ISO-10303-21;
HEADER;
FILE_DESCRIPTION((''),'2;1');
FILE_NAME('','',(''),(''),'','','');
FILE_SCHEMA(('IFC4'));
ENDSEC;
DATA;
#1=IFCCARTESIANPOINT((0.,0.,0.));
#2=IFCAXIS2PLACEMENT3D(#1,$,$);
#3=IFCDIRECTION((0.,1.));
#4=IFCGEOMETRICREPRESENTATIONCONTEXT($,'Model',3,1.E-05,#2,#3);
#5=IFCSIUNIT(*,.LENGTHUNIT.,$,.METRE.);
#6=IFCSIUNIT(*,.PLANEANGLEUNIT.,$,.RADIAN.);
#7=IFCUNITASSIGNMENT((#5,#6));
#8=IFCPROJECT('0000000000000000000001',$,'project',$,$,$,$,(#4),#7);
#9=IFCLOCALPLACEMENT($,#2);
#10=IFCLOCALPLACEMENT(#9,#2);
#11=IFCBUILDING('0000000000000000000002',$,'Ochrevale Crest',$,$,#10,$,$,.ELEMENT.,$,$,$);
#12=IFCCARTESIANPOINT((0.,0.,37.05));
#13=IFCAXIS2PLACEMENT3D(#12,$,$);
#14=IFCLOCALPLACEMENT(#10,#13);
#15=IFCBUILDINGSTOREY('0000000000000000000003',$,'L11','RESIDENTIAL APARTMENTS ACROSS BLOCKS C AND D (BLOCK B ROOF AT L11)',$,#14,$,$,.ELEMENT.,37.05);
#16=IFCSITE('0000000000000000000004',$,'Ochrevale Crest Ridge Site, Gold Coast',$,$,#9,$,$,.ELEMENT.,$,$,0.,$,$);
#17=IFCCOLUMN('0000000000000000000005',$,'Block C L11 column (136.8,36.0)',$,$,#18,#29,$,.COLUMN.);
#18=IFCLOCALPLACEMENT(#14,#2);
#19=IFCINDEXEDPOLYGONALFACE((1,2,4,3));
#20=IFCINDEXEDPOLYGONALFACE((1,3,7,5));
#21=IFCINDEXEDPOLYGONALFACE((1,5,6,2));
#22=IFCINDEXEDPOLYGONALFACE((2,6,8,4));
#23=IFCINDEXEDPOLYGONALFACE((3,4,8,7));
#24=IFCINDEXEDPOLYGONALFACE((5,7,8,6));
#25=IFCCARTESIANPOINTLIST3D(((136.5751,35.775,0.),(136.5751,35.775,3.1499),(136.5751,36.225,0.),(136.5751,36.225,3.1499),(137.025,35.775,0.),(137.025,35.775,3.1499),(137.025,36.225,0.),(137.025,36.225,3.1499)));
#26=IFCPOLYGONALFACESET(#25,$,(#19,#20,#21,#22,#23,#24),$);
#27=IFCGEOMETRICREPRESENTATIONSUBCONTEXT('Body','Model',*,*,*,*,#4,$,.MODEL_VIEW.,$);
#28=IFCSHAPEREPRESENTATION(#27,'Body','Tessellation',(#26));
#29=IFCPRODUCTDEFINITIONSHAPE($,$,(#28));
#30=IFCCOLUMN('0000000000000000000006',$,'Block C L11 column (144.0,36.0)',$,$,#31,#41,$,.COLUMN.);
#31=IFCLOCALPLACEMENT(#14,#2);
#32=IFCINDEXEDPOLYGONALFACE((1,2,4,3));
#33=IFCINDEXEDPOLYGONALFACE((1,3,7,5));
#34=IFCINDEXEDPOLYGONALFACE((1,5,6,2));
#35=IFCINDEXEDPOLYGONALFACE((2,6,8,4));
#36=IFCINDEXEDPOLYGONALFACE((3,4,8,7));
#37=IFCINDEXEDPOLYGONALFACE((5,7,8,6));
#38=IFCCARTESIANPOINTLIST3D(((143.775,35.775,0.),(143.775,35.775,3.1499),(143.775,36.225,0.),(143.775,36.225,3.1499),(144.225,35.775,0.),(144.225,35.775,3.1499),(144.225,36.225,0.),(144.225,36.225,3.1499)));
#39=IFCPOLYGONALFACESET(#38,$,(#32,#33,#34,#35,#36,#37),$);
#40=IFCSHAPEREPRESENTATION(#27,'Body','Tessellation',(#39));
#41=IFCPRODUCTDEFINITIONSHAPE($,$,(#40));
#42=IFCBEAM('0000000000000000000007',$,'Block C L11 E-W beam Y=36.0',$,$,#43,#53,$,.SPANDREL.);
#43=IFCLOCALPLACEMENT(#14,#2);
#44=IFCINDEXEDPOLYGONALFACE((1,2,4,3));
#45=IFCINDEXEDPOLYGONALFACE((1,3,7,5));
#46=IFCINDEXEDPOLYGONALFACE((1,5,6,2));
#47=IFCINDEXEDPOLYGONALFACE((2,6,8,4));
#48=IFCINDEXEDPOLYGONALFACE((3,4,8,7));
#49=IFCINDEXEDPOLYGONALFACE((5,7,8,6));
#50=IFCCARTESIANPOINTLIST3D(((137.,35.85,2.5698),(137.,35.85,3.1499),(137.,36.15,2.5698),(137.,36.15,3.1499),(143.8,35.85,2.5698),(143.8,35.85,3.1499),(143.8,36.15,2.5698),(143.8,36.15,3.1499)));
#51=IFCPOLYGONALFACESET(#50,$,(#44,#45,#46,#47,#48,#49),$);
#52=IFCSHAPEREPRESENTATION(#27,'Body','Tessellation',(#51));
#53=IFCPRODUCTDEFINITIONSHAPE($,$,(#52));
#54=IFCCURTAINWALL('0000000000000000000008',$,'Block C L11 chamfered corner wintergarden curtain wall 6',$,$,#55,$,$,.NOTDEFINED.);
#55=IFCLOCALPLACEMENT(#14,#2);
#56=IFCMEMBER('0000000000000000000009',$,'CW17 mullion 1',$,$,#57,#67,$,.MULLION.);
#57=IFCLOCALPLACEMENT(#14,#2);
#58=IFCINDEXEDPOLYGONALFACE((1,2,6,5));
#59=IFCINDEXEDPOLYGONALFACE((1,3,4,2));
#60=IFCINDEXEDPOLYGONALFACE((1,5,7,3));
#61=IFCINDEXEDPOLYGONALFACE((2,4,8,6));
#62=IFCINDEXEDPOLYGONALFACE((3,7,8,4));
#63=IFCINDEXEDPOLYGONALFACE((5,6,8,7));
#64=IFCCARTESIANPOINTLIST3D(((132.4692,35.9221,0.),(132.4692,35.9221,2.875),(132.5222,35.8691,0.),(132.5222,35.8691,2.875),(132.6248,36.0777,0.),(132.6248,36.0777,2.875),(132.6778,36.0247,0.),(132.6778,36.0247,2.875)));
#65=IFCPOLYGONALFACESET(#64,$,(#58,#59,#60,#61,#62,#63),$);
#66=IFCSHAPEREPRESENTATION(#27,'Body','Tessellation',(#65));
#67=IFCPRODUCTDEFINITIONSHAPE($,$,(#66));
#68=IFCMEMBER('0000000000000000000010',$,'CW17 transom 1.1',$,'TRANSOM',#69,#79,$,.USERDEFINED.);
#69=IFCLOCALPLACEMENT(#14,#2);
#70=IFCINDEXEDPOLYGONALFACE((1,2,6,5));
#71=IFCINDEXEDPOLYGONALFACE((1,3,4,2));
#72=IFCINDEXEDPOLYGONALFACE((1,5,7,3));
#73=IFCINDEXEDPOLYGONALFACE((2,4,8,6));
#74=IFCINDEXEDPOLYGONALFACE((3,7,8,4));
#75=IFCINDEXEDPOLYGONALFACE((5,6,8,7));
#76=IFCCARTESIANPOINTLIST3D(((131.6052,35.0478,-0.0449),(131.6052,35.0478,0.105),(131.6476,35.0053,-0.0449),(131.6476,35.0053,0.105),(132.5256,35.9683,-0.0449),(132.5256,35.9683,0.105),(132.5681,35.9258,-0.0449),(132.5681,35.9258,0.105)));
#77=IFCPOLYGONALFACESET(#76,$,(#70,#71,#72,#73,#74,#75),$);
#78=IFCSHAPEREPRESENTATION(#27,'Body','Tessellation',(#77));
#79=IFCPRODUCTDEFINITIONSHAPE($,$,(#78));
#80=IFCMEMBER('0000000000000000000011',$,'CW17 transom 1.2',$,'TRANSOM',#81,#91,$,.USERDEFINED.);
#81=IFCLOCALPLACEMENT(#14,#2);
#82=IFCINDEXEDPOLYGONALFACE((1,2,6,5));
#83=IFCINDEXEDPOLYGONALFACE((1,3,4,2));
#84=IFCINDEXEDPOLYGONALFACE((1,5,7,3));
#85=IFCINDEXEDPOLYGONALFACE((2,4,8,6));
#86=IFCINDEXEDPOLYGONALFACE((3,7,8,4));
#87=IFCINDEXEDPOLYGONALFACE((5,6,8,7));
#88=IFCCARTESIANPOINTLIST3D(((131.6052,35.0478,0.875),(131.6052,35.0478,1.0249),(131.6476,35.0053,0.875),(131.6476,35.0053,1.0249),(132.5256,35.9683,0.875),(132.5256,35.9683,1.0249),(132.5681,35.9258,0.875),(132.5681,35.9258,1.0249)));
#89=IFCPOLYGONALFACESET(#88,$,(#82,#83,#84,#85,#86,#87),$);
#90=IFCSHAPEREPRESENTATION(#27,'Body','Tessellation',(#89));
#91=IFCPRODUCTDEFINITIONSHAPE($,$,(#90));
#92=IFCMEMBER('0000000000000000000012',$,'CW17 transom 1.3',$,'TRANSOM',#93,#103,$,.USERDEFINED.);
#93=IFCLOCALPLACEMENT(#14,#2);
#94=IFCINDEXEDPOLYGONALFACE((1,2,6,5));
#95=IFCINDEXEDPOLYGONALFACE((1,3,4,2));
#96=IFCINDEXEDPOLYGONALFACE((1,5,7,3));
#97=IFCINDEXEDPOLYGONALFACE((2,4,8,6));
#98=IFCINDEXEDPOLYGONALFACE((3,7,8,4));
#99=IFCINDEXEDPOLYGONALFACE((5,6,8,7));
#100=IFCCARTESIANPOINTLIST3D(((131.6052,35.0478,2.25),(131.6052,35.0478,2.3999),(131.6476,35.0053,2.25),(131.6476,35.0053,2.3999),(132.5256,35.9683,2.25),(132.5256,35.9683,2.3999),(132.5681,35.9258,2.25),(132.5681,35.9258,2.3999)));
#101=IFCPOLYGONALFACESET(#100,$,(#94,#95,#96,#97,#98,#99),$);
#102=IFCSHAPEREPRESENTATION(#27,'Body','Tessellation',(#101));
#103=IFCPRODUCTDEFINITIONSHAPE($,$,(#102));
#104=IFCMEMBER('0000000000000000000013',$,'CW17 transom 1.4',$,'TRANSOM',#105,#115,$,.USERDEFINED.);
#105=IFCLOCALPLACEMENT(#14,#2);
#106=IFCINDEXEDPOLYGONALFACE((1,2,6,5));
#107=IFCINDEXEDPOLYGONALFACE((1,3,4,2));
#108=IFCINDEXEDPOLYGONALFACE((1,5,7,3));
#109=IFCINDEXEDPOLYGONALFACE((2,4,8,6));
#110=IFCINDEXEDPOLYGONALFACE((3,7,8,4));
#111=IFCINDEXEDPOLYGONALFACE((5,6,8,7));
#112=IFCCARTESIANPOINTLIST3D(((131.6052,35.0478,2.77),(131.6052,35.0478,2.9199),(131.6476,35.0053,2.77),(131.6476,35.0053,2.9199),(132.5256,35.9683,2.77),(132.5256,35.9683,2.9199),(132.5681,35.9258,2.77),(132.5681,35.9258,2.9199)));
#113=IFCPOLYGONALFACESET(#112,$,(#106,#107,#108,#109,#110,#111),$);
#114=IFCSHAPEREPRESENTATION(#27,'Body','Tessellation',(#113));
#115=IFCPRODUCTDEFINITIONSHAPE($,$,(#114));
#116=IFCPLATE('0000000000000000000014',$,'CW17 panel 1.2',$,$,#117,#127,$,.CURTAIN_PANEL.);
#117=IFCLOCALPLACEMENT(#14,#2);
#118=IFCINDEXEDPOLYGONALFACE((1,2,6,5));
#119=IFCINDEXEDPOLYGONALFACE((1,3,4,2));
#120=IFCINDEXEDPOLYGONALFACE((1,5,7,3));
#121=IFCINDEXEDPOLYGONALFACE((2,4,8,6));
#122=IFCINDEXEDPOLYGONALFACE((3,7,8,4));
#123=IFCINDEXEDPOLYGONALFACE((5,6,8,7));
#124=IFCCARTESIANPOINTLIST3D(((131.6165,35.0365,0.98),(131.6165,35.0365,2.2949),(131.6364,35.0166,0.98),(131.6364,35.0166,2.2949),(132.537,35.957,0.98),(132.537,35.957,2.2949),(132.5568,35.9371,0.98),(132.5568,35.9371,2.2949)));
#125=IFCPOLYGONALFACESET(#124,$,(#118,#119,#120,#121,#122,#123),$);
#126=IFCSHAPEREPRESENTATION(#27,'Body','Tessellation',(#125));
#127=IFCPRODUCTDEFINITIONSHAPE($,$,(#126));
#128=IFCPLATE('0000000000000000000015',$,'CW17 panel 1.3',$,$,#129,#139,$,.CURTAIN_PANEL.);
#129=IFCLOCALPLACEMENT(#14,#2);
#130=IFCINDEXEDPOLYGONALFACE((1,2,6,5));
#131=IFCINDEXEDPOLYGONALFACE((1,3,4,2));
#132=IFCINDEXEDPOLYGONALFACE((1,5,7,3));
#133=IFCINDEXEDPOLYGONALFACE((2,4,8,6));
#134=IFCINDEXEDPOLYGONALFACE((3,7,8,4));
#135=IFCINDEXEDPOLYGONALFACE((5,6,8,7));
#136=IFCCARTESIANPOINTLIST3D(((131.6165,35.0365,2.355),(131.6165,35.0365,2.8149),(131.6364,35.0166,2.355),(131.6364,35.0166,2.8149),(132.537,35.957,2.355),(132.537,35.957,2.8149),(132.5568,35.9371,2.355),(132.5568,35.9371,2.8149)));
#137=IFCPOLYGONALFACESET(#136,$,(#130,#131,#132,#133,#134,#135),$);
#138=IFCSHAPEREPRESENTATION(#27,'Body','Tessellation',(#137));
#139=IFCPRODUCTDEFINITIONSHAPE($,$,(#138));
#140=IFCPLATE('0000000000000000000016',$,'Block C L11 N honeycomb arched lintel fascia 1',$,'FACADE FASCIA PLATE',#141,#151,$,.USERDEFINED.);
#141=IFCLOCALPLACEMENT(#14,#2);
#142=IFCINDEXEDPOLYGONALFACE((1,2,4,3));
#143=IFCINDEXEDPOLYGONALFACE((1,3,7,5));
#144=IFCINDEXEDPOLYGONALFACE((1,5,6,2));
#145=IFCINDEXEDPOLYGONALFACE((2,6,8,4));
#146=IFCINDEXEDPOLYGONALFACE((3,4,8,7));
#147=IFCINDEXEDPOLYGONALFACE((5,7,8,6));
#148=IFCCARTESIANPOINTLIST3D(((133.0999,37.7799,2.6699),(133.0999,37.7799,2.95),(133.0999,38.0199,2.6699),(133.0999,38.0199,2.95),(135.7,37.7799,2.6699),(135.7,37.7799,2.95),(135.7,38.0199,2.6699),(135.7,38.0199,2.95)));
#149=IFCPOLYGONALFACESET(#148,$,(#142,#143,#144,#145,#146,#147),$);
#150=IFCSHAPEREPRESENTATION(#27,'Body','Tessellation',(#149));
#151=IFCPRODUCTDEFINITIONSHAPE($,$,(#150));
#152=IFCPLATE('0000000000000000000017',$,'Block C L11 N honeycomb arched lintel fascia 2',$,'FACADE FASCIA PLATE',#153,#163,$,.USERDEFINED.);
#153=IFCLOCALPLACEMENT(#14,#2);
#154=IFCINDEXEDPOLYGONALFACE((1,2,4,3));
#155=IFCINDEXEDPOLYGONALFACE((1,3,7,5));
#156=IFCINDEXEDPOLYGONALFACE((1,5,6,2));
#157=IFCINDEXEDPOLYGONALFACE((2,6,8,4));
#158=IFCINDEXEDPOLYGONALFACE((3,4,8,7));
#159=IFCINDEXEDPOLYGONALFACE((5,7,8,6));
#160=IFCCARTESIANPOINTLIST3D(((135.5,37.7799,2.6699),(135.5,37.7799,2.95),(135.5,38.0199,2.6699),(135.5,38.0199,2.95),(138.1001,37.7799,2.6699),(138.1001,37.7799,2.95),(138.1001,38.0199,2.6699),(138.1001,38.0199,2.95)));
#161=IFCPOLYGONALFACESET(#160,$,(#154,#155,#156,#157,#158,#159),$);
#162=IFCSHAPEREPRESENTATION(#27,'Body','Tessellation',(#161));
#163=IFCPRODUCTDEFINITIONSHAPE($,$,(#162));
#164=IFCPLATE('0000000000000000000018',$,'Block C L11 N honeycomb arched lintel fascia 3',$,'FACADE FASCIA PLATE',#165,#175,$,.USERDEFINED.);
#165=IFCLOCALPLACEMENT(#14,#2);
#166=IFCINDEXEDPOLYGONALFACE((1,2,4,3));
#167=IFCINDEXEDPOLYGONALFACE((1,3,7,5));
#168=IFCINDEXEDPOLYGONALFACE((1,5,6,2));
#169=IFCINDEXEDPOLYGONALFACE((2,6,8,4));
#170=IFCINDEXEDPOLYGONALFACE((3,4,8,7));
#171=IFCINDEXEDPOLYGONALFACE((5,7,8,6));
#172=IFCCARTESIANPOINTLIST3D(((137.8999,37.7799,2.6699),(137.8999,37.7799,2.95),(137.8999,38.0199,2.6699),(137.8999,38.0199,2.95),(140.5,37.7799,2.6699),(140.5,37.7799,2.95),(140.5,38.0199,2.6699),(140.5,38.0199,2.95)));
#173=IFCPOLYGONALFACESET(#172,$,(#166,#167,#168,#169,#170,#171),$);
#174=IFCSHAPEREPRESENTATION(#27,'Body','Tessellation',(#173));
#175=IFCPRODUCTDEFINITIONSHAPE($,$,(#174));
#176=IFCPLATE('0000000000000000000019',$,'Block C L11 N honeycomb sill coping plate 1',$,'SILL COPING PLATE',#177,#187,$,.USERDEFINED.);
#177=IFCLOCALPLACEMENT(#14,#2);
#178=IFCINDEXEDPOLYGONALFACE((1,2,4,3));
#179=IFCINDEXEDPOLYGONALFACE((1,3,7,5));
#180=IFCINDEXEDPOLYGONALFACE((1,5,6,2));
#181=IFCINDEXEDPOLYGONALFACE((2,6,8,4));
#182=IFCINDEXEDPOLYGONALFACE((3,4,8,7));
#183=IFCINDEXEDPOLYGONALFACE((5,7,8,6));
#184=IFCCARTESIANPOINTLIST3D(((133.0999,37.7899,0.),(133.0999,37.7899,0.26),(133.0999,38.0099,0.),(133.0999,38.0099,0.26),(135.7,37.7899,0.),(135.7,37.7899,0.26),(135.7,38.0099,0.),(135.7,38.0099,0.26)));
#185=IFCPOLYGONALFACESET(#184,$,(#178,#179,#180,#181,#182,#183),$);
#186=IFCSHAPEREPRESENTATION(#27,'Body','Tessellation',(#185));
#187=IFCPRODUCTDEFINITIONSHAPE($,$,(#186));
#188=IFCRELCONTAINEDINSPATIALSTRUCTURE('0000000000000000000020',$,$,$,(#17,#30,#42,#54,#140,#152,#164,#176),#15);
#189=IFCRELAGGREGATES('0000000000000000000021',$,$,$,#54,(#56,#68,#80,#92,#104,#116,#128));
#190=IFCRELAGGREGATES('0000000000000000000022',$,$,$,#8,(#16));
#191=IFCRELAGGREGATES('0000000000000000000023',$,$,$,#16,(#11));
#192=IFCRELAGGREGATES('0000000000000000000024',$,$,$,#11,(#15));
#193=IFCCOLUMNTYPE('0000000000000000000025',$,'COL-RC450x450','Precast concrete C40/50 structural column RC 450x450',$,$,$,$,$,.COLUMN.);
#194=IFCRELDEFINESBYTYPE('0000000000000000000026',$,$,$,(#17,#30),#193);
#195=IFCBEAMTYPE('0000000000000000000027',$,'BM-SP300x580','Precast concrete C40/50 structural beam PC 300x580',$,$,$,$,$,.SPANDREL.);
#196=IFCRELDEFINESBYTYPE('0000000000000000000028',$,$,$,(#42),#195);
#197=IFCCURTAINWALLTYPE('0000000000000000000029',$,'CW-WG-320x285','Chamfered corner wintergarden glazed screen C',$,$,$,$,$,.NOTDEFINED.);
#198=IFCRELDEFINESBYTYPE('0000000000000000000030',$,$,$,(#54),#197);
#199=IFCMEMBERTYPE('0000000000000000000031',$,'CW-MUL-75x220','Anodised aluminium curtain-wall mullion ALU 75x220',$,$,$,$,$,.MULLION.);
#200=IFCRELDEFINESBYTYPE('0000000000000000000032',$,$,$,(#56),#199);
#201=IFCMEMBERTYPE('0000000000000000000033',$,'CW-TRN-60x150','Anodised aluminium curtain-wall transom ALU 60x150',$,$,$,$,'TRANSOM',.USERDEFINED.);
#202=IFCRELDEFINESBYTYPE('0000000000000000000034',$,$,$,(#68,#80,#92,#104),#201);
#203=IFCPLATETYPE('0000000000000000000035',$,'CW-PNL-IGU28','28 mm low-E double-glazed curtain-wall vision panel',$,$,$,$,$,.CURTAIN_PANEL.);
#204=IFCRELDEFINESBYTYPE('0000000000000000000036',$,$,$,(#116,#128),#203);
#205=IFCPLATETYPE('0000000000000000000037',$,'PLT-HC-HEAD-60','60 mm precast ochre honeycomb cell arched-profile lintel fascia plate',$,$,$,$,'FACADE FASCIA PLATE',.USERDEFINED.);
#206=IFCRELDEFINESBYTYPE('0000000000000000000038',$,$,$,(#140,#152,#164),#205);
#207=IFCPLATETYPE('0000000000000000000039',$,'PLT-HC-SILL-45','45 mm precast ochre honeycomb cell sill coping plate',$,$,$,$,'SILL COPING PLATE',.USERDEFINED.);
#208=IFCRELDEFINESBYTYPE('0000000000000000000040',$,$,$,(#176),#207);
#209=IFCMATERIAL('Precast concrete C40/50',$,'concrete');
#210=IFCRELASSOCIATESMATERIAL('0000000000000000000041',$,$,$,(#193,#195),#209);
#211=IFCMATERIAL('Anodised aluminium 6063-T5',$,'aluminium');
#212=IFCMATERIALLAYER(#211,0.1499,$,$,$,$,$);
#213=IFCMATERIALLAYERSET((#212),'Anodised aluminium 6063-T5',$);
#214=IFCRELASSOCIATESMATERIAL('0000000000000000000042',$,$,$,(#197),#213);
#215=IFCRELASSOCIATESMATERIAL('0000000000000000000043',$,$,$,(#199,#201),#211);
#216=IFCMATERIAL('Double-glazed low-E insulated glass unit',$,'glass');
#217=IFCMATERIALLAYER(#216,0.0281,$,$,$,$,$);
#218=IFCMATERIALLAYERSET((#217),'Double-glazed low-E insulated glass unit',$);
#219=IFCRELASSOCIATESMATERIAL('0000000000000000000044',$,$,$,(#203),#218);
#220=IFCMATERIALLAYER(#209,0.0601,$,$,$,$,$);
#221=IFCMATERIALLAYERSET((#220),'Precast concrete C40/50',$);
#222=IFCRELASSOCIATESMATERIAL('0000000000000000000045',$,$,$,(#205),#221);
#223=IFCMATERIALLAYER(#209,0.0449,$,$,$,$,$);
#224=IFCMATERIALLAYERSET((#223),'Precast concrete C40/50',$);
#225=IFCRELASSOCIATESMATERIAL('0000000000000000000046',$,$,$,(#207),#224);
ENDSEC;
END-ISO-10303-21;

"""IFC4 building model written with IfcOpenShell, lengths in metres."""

from ifc_helpers import new_model, si_unit, direction, frame, origin, origin_2d, place, context, subcontext, project, spatial, rectangle, extrude, material, layer, layer_set, material_profile, profile_set, type_object, element, aggregate, save


model = new_model("IFC4")

# Units and contexts
model_context = context("Model", 3, precision=1e-05, world=origin(), true_north=direction((0.0, 1.0)))
body_context = subcontext(model_context, "Body", "Model", "MODEL_VIEW")
ifc_project = project(units=[si_unit("LENGTHUNIT", "METRE"), si_unit("PLANEANGLEUNIT", "RADIAN")], contexts=[model_context])

# Site, building, storey
site_placement = place(None, origin())
site = spatial("IfcSite", under=ifc_project, at=site_placement, Name="Ochrevale Crest Ridge Site, Gold Coast", CompositionType="ELEMENT", RefElevation=0.0)
building_placement = place(site_placement, origin())
building = spatial("IfcBuilding", under=site, at=building_placement, Name="Ochrevale Crest", CompositionType="ELEMENT")
storey_placement = place(building_placement, frame((0.0, 0.0, 37.05)))
storey = spatial("IfcBuildingStorey", under=building, at=storey_placement, Name="L11", Description="RESIDENTIAL APARTMENTS ACROSS BLOCKS C AND D (BLOCK B ROOF AT L11)", CompositionType="ELEMENT", Elevation=37.05)

# Columns
ifc_material_1 = material(Name="Precast concrete C40/50", Category="concrete")
ifc_material_profile_1 = material_profile(ifc_material_1, rectangle(XDim=0.45, YDim=0.45, at=origin_2d()), Name="RC 450x450")
ifc_profile_set_1 = profile_set([ifc_material_profile_1], Name="Precast concrete C40/50")
column_type = type_object("IfcColumnType", Name="COL-RC450x450", Description="Precast concrete C40/50 structural column RC 450x450", PredefinedType="COLUMN", material=ifc_profile_set_1)
for number, where, z_axis, x_axis, name in (
    (1, (136.8, 36.0, 0.0), (0.0, 0.0, 1.0), (1.0, 0.0, 0.0), "Block C L11 column (136.8,36.0)"),
    (2, (144.0, 36.0, 0.0), (0.0, 0.0, 1.0), (1.0, 0.0, 0.0), "Block C L11 column (144.0,36.0)"),
):
    element("IfcColumn", number, at=place(storey_placement, frame(where, z_axis=z_axis, x_axis=x_axis)), inside=storey, type_object=column_type, Name=name, PredefinedType="COLUMN", context=body_context, shape_type="SweptSolid", body=[
        extrude(rectangle(XDim=0.45, YDim=0.45, at=origin_2d()), origin(), (0.0, 0.0, 1.0), 3.1499),
    ])

# Beam
ifc_material_profile_2 = material_profile(ifc_material_1, rectangle(XDim=0.3, YDim=0.5801, at=origin_2d()), Name="PC 300x580")
ifc_profile_set_2 = profile_set([ifc_material_profile_2], Name="Precast concrete C40/50")
beam_type = type_object("IfcBeamType", Name="BM-SP300x580", Description="Precast concrete C40/50 structural beam PC 300x580", PredefinedType="SPANDREL", material=ifc_profile_set_2)
beam_placement = place(storey_placement, frame((137.0, 36.0, 2.8599), z_axis=(1.0, 0.0, 0.0), x_axis=(0.0, 1.0, 0.0)))
element("IfcBeam", 3, at=beam_placement, inside=storey, type_object=beam_type, Name="Block C L11 E-W beam Y=36.0", PredefinedType="SPANDREL", context=body_context, shape_type="SweptSolid", body=[
    extrude(rectangle(XDim=0.3, YDim=0.5801, at=origin_2d()), origin(), (0.0, 0.0, 1.0), 6.8),
])

# Curtain wall, members, plates
ifc_material_2 = material(Name="Anodised aluminium 6063-T5", Category="aluminium")
ifc_layer_1 = layer(ifc_material_2, 0.1499)
ifc_layer_set_1 = layer_set([ifc_layer_1], Name="Anodised aluminium 6063-T5")
curtain_wall_type = type_object("IfcCurtainWallType", Name="CW-WG-320x285", Description="Chamfered corner wintergarden glazed screen C", PredefinedType="NOTDEFINED", material=ifc_layer_set_1)
curtain_wall_placement = place(storey_placement, origin())
curtain_wall = element("IfcCurtainWall", 4, at=curtain_wall_placement, inside=storey, type_object=curtain_wall_type, Name="Block C L11 chamfered corner wintergarden curtain wall 6", PredefinedType="NOTDEFINED")
ifc_material_profile_3 = material_profile(ifc_material_2, rectangle(XDim=0.075, YDim=0.22, at=origin_2d()), Name="ALU 75x220")
ifc_profile_set_3 = profile_set([ifc_material_profile_3], Name="Anodised aluminium 6063-T5")
member_type_1 = type_object("IfcMemberType", Name="CW-MUL-75x220", Description="Anodised aluminium curtain-wall mullion ALU 75x220", PredefinedType="MULLION", material=ifc_profile_set_3)
member_1_placement = place(storey_placement, frame((132.5735, 35.9734, 0.0), z_axis=(0.0, 0.0, 1.0), x_axis=(0.707107, -0.707107, 0.0)))
member_1 = element("IfcMember", 5, at=member_1_placement, type_object=member_type_1, Name="CW17 mullion 1", PredefinedType="MULLION", context=body_context, shape_type="SweptSolid", body=[
    extrude(rectangle(XDim=0.075, YDim=0.22, at=origin_2d()), origin(), (0.0, 0.0, 1.0), 2.875),
])
ifc_material_profile_4 = material_profile(ifc_material_2, rectangle(XDim=0.0601, YDim=0.1499, at=origin_2d()), Name="ALU 60x150")
ifc_profile_set_4 = profile_set([ifc_material_profile_4], Name="Anodised aluminium 6063-T5")
member_type_2 = type_object("IfcMemberType", Name="CW-TRN-60x150", Description="Anodised aluminium curtain-wall transom ALU 60x150", ElementType="TRANSOM", PredefinedType="USERDEFINED", material=ifc_profile_set_4)
member_2_placement = place(storey_placement, frame((132.5469, 35.947, 0.03), z_axis=(-0.707107, -0.707107, 0.0), x_axis=(0.707107, -0.707107, 0.0)))
member_2 = element("IfcMember", 6, at=member_2_placement, type_object=member_type_2, Name="CW17 transom 1.1", ObjectType="TRANSOM", PredefinedType="USERDEFINED", context=body_context, shape_type="SweptSolid", body=[
    extrude(rectangle(XDim=0.0601, YDim=0.1499, at=origin_2d()), origin(), (0.0, 0.0, 1.0), 1.3018),
])
member_3_placement = place(storey_placement, frame((132.5469, 35.947, 0.95), z_axis=(-0.707107, -0.707107, 0.0), x_axis=(0.707107, -0.707107, 0.0)))
member_3 = element("IfcMember", 7, at=member_3_placement, type_object=member_type_2, Name="CW17 transom 1.2", ObjectType="TRANSOM", PredefinedType="USERDEFINED", context=body_context, shape_type="SweptSolid", body=[
    extrude(rectangle(XDim=0.0601, YDim=0.1499, at=origin_2d()), origin(), (0.0, 0.0, 1.0), 1.3018),
])
member_4_placement = place(storey_placement, frame((132.5469, 35.947, 2.325), z_axis=(-0.707107, -0.707107, 0.0), x_axis=(0.707107, -0.707107, 0.0)))
member_4 = element("IfcMember", 8, at=member_4_placement, type_object=member_type_2, Name="CW17 transom 1.3", ObjectType="TRANSOM", PredefinedType="USERDEFINED", context=body_context, shape_type="SweptSolid", body=[
    extrude(rectangle(XDim=0.0601, YDim=0.1499, at=origin_2d()), origin(), (0.0, 0.0, 1.0), 1.3018),
])
member_5_placement = place(storey_placement, frame((132.5469, 35.947, 2.845), z_axis=(-0.707107, -0.707107, 0.0), x_axis=(0.707107, -0.707107, 0.0)))
member_5 = element("IfcMember", 9, at=member_5_placement, type_object=member_type_2, Name="CW17 transom 1.4", ObjectType="TRANSOM", PredefinedType="USERDEFINED", context=body_context, shape_type="SweptSolid", body=[
    extrude(rectangle(XDim=0.0601, YDim=0.1499, at=origin_2d()), origin(), (0.0, 0.0, 1.0), 1.3018),
])
ifc_material_3 = material(Name="Double-glazed low-E insulated glass unit", Category="glass")
ifc_layer_2 = layer(ifc_material_3, 0.0281)
ifc_layer_set_2 = layer_set([ifc_layer_2], Name="Double-glazed low-E insulated glass unit")
plate_type_1 = type_object("IfcPlateType", Name="CW-PNL-IGU28", Description="28 mm low-E double-glazed curtain-wall vision panel", PredefinedType="CURTAIN_PANEL", material=ifc_layer_set_2)
plate_1_placement = place(storey_placement, frame((132.0867, 35.4868, 0.98), z_axis=(0.0, 0.0, 1.0), x_axis=(-0.707107, -0.707107, 0.0)))
plate_1 = element("IfcPlate", 10, at=plate_1_placement, type_object=plate_type_1, Name="CW17 panel 1.2", PredefinedType="CURTAIN_PANEL", context=body_context, shape_type="SweptSolid", body=[
    extrude(rectangle(XDim=1.3018, YDim=0.0281, at=origin_2d()), origin(), (0.0, 0.0, 1.0), 1.3149),
])
plate_2_placement = place(storey_placement, frame((132.0867, 35.4868, 2.355), z_axis=(0.0, 0.0, 1.0), x_axis=(-0.707107, -0.707107, 0.0)))
plate_2 = element("IfcPlate", 11, at=plate_2_placement, type_object=plate_type_1, Name="CW17 panel 1.3", PredefinedType="CURTAIN_PANEL", context=body_context, shape_type="SweptSolid", body=[
    extrude(rectangle(XDim=1.3018, YDim=0.0281, at=origin_2d()), origin(), (0.0, 0.0, 1.0), 0.46),
])
aggregate(curtain_wall, [member_1, member_2, member_3, member_4, member_5, plate_1, plate_2])

# Plates
ifc_layer_3 = layer(ifc_material_1, 0.0601)
ifc_layer_set_3 = layer_set([ifc_layer_3], Name="Precast concrete C40/50")
plate_type_2 = type_object("IfcPlateType", Name="PLT-HC-HEAD-60", Description="60 mm precast ochre honeycomb cell arched-profile lintel fascia plate", ElementType="FACADE FASCIA PLATE", PredefinedType="USERDEFINED", material=ifc_layer_set_3)
for number, where, z_axis, x_axis, name in (
    (12, (134.3999, 37.8999, 2.6699), (0.0, 0.0, 1.0), (1.0, 0.0, 0.0), "Block C L11 N honeycomb arched lintel fascia 1"),
    (13, (136.8, 37.8999, 2.6699), (0.0, 0.0, 1.0), (1.0, 0.0, 0.0), "Block C L11 N honeycomb arched lintel fascia 2"),
    (14, (139.2, 37.8999, 2.6699), (0.0, 0.0, 1.0), (1.0, 0.0, 0.0), "Block C L11 N honeycomb arched lintel fascia 3"),
):
    element("IfcPlate", number, at=place(storey_placement, frame(where, z_axis=z_axis, x_axis=x_axis)), inside=storey, type_object=plate_type_2, Name=name, ObjectType="FACADE FASCIA PLATE", PredefinedType="USERDEFINED", context=body_context, shape_type="SweptSolid", body=[
        extrude(rectangle(XDim=2.6001, YDim=0.24, at=origin_2d()), origin(), (0.0, 0.0, 1.0), 0.28),
    ])
ifc_layer_4 = layer(ifc_material_1, 0.0449)
ifc_layer_set_4 = layer_set([ifc_layer_4], Name="Precast concrete C40/50")
plate_type_3 = type_object("IfcPlateType", Name="PLT-HC-SILL-45", Description="45 mm precast ochre honeycomb cell sill coping plate", ElementType="SILL COPING PLATE", PredefinedType="USERDEFINED", material=ifc_layer_set_4)
for number, where, z_axis, x_axis, name in (
    (15, (134.3999, 37.8999, 0.0), (0.0, 0.0, 1.0), (1.0, 0.0, 0.0), "Block C L11 N honeycomb sill coping plate 1"),
):
    element("IfcPlate", number, at=place(storey_placement, frame(where, z_axis=z_axis, x_axis=x_axis)), inside=storey, type_object=plate_type_3, Name=name, ObjectType="SILL COPING PLATE", PredefinedType="USERDEFINED", context=body_context, shape_type="SweptSolid", body=[
        extrude(rectangle(XDim=2.6001, YDim=0.22, at=origin_2d()), origin(), (0.0, 0.0, 1.0), 0.26),
    ])

save(model, "model.ifc")
